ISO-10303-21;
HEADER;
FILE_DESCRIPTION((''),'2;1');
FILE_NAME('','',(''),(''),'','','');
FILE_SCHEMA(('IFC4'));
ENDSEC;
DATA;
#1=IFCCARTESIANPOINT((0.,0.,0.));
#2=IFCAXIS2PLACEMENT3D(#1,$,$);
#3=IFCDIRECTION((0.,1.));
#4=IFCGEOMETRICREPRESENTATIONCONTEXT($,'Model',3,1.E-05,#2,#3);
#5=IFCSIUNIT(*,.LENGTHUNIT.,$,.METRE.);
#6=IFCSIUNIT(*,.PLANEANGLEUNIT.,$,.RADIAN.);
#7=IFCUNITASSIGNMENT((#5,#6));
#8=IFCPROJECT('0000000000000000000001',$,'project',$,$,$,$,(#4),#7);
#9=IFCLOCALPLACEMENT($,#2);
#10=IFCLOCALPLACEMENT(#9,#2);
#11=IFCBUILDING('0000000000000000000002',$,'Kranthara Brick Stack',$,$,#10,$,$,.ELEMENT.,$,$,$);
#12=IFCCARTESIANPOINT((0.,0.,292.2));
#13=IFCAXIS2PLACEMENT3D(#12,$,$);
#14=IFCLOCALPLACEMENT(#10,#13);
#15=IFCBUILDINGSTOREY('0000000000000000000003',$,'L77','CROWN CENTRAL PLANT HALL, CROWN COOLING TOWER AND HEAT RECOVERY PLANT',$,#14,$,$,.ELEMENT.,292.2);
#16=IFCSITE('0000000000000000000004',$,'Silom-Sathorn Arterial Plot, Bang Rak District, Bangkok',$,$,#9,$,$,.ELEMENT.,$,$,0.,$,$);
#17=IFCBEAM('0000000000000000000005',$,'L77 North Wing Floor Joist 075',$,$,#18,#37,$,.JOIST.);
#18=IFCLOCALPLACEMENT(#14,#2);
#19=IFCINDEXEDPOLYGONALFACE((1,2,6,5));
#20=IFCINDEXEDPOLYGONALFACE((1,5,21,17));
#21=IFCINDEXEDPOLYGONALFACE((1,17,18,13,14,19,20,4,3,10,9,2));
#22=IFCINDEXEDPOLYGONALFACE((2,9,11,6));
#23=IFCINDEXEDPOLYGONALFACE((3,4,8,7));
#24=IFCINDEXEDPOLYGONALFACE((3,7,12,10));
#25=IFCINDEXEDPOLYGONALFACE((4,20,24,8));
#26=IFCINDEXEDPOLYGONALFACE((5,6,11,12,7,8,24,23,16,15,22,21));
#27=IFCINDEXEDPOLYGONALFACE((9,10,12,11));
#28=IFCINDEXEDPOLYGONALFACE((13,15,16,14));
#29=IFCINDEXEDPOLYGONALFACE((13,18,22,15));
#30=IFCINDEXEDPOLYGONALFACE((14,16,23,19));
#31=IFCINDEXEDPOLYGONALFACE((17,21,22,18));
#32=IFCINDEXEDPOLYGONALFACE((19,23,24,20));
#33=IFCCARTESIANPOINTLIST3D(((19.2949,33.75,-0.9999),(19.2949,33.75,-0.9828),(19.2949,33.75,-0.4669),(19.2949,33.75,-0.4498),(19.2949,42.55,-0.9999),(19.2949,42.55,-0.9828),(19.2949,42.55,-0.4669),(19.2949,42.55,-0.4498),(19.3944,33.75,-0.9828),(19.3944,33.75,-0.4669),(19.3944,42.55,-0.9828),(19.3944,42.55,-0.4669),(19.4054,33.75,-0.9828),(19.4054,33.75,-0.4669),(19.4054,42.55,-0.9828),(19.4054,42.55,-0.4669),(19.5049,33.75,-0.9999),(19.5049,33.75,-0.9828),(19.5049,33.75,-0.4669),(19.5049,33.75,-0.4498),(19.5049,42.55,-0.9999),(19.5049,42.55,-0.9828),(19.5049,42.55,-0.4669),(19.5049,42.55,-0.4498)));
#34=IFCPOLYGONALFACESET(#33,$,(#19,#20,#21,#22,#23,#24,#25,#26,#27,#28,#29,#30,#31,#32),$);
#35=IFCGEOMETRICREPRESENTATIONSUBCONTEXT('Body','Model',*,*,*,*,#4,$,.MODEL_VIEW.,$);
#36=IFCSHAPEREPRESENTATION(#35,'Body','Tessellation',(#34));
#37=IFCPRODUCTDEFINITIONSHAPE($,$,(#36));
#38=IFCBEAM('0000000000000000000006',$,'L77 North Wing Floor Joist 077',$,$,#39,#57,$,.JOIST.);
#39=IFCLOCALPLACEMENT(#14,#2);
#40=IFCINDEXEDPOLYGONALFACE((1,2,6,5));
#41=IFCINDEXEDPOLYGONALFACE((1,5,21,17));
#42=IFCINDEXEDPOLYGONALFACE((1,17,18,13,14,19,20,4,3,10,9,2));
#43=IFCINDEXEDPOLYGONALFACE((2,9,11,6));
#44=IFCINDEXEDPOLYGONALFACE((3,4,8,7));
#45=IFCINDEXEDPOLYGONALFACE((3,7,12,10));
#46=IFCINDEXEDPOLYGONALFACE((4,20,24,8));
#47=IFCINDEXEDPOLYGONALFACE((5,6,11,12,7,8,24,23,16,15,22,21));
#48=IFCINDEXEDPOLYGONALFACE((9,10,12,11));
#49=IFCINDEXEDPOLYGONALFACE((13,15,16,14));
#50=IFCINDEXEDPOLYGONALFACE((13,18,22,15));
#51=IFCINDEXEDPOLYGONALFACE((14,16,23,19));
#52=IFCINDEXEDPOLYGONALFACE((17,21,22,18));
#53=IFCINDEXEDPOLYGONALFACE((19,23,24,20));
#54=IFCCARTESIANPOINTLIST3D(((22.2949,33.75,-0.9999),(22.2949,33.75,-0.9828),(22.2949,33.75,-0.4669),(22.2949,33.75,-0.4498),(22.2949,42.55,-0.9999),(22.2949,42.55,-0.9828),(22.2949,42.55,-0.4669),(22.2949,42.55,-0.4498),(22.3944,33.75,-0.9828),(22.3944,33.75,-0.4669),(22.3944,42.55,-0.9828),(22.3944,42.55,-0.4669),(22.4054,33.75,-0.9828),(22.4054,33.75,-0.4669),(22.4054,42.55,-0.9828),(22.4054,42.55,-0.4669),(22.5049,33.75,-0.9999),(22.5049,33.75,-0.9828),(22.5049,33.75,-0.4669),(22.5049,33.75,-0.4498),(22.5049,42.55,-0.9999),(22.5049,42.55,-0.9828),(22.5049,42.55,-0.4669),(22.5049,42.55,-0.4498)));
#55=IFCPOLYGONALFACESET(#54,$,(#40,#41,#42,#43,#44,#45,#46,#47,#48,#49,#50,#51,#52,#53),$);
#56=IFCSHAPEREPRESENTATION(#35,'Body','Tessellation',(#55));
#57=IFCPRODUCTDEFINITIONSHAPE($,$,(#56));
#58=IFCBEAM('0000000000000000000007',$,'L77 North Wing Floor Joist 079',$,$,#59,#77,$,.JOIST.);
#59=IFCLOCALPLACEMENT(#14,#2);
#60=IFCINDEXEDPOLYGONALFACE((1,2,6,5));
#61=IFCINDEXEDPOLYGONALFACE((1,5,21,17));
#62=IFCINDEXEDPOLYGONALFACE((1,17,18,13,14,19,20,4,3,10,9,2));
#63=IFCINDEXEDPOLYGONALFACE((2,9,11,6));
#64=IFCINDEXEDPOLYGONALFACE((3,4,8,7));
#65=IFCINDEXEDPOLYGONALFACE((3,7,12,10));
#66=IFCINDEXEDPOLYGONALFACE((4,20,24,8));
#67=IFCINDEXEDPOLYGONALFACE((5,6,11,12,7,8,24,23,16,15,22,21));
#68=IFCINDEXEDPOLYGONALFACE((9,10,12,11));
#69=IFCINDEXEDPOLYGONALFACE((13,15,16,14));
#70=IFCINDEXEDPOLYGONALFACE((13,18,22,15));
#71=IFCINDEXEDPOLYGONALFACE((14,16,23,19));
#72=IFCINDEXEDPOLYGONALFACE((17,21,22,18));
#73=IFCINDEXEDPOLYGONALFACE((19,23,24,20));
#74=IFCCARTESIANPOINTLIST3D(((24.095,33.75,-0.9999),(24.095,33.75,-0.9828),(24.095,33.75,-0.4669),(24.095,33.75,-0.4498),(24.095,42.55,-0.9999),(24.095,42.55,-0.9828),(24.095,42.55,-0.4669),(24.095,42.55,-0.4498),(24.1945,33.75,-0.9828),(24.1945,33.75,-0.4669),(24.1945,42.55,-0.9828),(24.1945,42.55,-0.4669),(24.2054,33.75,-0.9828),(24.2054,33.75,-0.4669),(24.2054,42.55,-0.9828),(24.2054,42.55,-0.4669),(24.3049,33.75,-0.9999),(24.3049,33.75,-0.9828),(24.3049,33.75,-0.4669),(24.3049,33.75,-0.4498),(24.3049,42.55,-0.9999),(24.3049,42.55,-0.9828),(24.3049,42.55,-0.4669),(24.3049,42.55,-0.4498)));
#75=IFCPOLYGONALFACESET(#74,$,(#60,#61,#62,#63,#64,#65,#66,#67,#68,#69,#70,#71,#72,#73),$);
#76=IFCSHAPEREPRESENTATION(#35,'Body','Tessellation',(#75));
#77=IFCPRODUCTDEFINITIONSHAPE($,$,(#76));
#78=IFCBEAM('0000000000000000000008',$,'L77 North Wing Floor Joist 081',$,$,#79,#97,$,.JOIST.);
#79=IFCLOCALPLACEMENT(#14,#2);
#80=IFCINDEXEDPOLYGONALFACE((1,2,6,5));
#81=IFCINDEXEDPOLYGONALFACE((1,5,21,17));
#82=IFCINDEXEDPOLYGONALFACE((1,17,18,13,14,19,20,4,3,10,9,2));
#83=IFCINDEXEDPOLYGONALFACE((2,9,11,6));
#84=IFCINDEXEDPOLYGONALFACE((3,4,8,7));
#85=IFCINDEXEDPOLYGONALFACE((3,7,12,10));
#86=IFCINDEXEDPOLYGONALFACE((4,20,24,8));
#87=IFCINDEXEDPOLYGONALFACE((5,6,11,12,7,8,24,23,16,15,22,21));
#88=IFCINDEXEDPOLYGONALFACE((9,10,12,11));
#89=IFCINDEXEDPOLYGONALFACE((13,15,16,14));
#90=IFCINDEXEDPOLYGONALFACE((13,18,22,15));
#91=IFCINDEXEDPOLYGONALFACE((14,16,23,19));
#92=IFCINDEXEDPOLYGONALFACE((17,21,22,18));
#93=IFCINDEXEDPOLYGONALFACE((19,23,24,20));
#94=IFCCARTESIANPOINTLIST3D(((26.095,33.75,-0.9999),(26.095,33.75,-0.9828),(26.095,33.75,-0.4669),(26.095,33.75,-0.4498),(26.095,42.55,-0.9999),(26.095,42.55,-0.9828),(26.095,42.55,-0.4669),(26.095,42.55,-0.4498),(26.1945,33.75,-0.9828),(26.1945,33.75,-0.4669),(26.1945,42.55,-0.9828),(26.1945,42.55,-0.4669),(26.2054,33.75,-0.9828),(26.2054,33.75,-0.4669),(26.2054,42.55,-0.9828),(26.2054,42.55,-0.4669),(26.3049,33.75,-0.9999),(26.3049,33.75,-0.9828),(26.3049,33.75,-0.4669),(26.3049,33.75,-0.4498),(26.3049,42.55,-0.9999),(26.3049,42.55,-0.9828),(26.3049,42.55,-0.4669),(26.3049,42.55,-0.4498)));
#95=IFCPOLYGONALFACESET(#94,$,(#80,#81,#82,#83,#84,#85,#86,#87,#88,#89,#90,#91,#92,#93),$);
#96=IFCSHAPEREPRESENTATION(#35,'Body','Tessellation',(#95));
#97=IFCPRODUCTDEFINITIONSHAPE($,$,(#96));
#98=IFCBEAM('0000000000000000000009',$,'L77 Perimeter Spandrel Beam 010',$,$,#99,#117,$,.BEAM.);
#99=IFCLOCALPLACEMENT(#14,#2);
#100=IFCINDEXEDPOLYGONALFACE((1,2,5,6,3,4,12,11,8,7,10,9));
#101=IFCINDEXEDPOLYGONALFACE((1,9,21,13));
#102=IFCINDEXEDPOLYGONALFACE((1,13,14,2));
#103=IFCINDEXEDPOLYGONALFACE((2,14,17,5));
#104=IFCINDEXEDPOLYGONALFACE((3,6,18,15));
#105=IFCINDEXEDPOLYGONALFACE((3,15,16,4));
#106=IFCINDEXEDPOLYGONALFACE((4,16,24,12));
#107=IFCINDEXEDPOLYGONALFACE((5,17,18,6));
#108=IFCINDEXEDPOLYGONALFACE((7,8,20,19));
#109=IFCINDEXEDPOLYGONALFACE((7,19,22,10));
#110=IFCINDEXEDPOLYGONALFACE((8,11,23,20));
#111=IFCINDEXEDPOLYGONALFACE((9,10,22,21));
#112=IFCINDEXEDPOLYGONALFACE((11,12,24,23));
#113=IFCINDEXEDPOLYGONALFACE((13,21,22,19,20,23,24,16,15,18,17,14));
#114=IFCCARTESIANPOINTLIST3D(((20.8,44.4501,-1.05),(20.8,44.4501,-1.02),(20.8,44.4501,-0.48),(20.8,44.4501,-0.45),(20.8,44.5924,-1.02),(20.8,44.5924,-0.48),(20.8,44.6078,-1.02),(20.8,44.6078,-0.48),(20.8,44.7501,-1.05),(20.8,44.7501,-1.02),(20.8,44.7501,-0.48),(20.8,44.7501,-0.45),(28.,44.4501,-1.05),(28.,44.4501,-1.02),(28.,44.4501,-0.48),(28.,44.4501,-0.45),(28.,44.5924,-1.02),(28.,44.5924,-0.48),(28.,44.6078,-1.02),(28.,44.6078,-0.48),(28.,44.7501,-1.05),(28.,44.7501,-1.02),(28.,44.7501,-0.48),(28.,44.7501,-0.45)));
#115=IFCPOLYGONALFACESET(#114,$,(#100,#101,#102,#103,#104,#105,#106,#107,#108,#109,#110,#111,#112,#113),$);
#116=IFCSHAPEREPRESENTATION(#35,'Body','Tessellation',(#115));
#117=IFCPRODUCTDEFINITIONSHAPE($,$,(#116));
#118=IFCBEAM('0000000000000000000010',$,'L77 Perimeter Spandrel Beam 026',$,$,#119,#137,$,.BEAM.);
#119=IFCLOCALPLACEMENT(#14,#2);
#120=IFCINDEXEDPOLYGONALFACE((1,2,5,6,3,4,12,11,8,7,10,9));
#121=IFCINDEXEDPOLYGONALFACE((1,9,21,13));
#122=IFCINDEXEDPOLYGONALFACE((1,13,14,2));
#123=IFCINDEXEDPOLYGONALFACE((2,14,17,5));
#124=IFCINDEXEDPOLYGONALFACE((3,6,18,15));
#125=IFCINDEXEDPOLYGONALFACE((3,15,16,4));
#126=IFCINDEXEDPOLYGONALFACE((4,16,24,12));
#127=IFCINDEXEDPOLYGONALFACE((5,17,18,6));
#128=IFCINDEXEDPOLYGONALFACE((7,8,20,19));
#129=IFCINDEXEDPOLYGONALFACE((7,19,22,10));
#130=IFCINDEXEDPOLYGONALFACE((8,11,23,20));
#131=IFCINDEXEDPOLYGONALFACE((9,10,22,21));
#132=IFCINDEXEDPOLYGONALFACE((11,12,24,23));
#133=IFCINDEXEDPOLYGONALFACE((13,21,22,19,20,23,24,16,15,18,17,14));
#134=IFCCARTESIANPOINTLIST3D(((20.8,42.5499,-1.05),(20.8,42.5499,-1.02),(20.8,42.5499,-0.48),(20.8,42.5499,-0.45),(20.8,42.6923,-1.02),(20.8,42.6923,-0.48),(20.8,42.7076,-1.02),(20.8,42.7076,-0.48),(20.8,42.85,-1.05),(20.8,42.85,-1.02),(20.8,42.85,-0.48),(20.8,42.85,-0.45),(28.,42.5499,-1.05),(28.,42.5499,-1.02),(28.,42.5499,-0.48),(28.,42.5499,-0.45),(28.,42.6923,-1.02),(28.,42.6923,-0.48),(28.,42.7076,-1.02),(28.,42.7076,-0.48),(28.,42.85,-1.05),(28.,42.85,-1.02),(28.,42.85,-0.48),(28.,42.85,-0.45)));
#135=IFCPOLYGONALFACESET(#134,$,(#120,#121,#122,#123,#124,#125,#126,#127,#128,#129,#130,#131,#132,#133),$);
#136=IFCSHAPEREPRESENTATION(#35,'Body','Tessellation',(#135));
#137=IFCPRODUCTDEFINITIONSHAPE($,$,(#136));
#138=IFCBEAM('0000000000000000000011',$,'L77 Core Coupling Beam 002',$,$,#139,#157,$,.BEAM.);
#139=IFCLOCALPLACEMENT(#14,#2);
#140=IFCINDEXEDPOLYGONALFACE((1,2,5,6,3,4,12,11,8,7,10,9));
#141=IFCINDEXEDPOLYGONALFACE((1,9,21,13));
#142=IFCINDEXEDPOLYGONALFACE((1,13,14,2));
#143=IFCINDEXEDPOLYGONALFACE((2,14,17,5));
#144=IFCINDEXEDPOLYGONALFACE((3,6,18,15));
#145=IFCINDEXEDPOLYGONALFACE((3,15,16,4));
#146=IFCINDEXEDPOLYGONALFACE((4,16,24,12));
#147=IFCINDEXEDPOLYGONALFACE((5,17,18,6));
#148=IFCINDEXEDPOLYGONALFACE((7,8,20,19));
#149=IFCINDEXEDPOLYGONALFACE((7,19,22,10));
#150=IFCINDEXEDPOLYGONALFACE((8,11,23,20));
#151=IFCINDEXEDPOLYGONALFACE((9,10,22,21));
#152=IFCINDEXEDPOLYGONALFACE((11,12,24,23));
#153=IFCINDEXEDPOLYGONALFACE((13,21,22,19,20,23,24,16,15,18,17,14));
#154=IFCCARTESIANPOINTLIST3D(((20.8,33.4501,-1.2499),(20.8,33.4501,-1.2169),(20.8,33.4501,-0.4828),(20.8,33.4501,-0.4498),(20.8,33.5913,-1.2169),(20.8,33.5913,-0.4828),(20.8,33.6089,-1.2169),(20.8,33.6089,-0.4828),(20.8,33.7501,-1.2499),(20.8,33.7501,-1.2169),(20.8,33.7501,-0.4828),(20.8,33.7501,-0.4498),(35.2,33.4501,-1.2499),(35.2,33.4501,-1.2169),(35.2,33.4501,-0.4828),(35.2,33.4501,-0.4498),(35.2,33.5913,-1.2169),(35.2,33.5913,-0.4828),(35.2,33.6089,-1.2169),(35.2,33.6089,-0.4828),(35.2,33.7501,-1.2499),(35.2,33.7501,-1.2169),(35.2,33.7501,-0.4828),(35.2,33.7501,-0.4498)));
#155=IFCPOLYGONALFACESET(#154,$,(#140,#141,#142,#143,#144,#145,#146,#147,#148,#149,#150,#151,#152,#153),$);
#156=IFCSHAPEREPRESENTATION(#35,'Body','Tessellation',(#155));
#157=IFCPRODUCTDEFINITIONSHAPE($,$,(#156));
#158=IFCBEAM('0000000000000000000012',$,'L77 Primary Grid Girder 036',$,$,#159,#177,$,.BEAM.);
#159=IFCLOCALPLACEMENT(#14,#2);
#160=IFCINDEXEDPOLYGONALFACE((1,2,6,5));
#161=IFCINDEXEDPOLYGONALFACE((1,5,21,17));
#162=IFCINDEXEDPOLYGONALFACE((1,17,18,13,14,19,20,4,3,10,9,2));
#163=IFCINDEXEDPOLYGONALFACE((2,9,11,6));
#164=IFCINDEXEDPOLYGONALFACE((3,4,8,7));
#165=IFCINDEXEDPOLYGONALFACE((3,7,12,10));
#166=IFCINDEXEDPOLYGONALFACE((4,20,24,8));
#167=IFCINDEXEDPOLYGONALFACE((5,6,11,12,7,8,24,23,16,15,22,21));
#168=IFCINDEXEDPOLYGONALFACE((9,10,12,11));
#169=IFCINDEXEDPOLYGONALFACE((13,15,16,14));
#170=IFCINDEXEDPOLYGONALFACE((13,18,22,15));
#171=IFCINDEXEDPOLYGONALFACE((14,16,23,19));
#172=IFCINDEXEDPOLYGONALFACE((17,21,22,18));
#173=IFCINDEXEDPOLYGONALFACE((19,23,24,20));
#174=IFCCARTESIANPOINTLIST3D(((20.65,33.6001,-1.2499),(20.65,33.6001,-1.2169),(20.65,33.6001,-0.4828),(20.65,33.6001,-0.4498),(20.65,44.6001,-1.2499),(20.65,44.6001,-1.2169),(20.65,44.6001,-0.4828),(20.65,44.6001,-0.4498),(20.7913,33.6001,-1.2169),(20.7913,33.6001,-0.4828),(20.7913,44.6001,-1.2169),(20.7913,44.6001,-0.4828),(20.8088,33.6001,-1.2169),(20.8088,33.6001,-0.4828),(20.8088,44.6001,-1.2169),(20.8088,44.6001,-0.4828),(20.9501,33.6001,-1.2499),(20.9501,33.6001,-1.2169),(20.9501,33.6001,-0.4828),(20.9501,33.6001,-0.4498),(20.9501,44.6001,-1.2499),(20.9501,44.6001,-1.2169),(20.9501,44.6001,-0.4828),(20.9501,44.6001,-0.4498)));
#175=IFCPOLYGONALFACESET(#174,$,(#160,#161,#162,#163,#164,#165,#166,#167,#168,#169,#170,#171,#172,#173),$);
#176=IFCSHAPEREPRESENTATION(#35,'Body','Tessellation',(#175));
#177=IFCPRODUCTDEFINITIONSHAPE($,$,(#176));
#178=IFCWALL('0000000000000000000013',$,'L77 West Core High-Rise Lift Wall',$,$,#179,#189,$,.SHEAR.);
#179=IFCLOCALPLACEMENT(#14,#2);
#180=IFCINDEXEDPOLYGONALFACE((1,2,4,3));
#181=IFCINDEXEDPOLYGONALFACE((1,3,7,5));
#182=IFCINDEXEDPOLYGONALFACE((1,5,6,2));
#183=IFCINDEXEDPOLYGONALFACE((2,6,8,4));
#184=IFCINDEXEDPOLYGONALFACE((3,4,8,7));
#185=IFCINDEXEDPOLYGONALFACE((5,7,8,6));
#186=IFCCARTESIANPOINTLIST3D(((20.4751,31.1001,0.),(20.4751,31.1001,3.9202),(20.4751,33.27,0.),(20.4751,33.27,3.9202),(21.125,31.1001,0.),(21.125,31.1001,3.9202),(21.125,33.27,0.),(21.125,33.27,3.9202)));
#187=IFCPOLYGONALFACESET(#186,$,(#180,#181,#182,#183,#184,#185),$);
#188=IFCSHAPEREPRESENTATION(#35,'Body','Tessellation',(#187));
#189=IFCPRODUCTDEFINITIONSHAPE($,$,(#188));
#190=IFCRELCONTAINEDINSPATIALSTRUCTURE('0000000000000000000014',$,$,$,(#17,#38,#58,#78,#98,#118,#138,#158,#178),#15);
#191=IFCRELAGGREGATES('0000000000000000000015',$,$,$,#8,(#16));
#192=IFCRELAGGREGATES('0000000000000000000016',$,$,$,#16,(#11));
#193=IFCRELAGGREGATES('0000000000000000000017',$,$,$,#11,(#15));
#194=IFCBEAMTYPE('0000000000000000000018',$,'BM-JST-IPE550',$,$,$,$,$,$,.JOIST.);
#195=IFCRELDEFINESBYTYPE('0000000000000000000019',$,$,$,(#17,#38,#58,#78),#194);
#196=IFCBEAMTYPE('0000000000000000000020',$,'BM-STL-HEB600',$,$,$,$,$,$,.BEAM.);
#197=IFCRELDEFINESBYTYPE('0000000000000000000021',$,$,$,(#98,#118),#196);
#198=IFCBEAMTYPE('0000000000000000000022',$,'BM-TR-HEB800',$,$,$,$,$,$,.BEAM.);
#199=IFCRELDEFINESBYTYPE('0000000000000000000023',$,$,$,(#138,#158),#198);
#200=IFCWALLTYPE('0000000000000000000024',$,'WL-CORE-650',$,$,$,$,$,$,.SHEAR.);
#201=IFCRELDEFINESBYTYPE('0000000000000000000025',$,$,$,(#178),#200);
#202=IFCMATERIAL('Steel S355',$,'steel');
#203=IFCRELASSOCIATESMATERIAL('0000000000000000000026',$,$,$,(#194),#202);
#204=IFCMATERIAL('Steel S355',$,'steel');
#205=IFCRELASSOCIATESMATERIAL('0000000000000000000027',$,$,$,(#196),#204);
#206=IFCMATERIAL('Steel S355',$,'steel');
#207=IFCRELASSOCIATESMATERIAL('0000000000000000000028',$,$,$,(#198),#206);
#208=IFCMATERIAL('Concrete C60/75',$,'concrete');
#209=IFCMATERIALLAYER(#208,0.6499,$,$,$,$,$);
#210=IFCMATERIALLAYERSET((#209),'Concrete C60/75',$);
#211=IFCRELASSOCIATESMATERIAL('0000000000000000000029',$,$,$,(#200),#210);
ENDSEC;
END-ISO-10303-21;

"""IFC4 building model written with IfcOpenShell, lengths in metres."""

from ifc_helpers import new_model, si_unit, direction, frame, frame_2d, origin, origin_2d, place, context, subcontext, project, spatial, rectangle, i_section, extrude, material, layer, layer_set, material_profile, profile_set, type_object, element, save


model = new_model("IFC4")

# Units and contexts
model_context = context("Model", 3, precision=1e-05, world=origin(), true_north=direction((0.0, 1.0)))
body_context = subcontext(model_context, "Body", "Model", "MODEL_VIEW")
ifc_project = project(units=[si_unit("LENGTHUNIT", "METRE"), si_unit("PLANEANGLEUNIT", "RADIAN")], contexts=[model_context])

# Site, building, storey
site_placement = place(None, origin())
site = spatial("IfcSite", under=ifc_project, at=site_placement, Name="Silom-Sathorn Arterial Plot, Bang Rak District, Bangkok", CompositionType="ELEMENT", RefElevation=0.0)
building_placement = place(site_placement, origin())
building = spatial("IfcBuilding", under=site, at=building_placement, Name="Kranthara Brick Stack", CompositionType="ELEMENT")
storey_placement = place(building_placement, frame((0.0, 0.0, 292.2)))
storey = spatial("IfcBuildingStorey", under=building, at=storey_placement, Name="L77", Description="CROWN CENTRAL PLANT HALL, CROWN COOLING TOWER AND HEAT RECOVERY PLANT", CompositionType="ELEMENT", Elevation=292.2)

# Beams
ifc_material_1 = material(Name="Steel S355", Category="steel")
ifc_material_profile_1 = material_profile(ifc_material_1, i_section(OverallWidth=0.21, OverallDepth=0.55, WebThickness=0.011, FlangeThickness=0.0171, at=origin_2d()), Name="IPE 550")
ifc_profile_set_1 = profile_set([ifc_material_profile_1], Name="Steel S355")
beam_type_1 = type_object("IfcBeamType", Name="BM-JST-IPE550", PredefinedType="JOIST", material=ifc_profile_set_1)
for number, where, z_axis, x_axis, name in (
    (1, (19.3999, 33.75, -0.7249), (0.0, 1.0, 0.0), (-1.0, 0.0, 0.0), "L77 North Wing Floor Joist 075"),
    (2, (22.3999, 33.75, -0.7249), (0.0, 1.0, 0.0), (-1.0, 0.0, 0.0), "L77 North Wing Floor Joist 077"),
    (3, (24.2, 33.75, -0.7249), (0.0, 1.0, 0.0), (-1.0, 0.0, 0.0), "L77 North Wing Floor Joist 079"),
    (4, (26.2, 33.75, -0.7249), (0.0, 1.0, 0.0), (-1.0, 0.0, 0.0), "L77 North Wing Floor Joist 081"),
):
    element("IfcBeam", number, at=place(storey_placement, frame(where, z_axis=z_axis, x_axis=x_axis)), inside=storey, type_object=beam_type_1, Name=name, PredefinedType="JOIST", context=body_context, shape_type="SweptSolid", body=[
        extrude(i_section(OverallWidth=0.21, OverallDepth=0.55, WebThickness=0.011, FlangeThickness=0.0171, at=origin_2d()), origin(), (0.0, 0.0, 1.0), 8.8),
    ])
ifc_material_2 = material(Name="Steel S355", Category="steel")
ifc_material_profile_2 = material_profile(ifc_material_2, i_section(OverallWidth=0.3, OverallDepth=0.6001, WebThickness=0.0154, FlangeThickness=0.03, at=origin_2d()), Name="HEB 600")
ifc_profile_set_2 = profile_set([ifc_material_profile_2], Name="Steel S355")
beam_type_2 = type_object("IfcBeamType", Name="BM-STL-HEB600", PredefinedType="BEAM", material=ifc_profile_set_2)
for number, where, z_axis, x_axis, name in (
    (5, (20.8, 44.6001, -0.75), (1.0, 0.0, 0.0), (0.0, 1.0, 0.0), "L77 Perimeter Spandrel Beam 010"),
    (6, (20.8, 42.7, -0.75), (1.0, 0.0, 0.0), (0.0, 1.0, 0.0), "L77 Perimeter Spandrel Beam 026"),
):
    element("IfcBeam", number, at=place(storey_placement, frame(where, z_axis=z_axis, x_axis=x_axis)), inside=storey, type_object=beam_type_2, Name=name, PredefinedType="BEAM", context=body_context, shape_type="SweptSolid", body=[
        extrude(i_section(OverallWidth=0.3, OverallDepth=0.6001, WebThickness=0.0154, FlangeThickness=0.03, at=origin_2d()), origin(), (0.0, 0.0, 1.0), 7.2),
    ])
ifc_material_3 = material(Name="Steel S355", Category="steel")
ifc_material_profile_3 = material_profile(ifc_material_3, i_section(OverallWidth=0.3, OverallDepth=0.8, WebThickness=0.0176, FlangeThickness=0.033, at=origin_2d()), Name="HEB 800")
ifc_profile_set_3 = profile_set([ifc_material_profile_3], Name="Steel S355")
beam_type_3 = type_object("IfcBeamType", Name="BM-TR-HEB800", PredefinedType="BEAM", material=ifc_profile_set_3)
beam_1_placement = place(storey_placement, frame((20.8, 33.6001, -0.8499), z_axis=(1.0, 0.0, 0.0), x_axis=(0.0, 1.0, 0.0)))
element("IfcBeam", 7, at=beam_1_placement, inside=storey, type_object=beam_type_3, Name="L77 Core Coupling Beam 002", PredefinedType="BEAM", context=body_context, shape_type="SweptSolid", body=[
    extrude(i_section(OverallWidth=0.3, OverallDepth=0.8, WebThickness=0.0176, FlangeThickness=0.033, at=origin_2d()), origin(), (0.0, 0.0, 1.0), 14.3999),
])
beam_2_placement = place(storey_placement, frame((20.8, 33.6001, -0.8499), z_axis=(0.0, 1.0, 0.0), x_axis=(-1.0, 0.0, 0.0)))
element("IfcBeam", 8, at=beam_2_placement, inside=storey, type_object=beam_type_3, Name="L77 Primary Grid Girder 036", PredefinedType="BEAM", context=body_context, shape_type="SweptSolid", body=[
    extrude(i_section(OverallWidth=0.3, OverallDepth=0.8, WebThickness=0.0176, FlangeThickness=0.033, at=origin_2d()), origin(), (0.0, 0.0, 1.0), 11.0),
])

# Wall
ifc_material_4 = material(Name="Concrete C60/75", Category="concrete")
ifc_layer_1 = layer(ifc_material_4, 0.6499)
ifc_layer_set_1 = layer_set([ifc_layer_1], Name="Concrete C60/75")
wall_type_1 = type_object("IfcWallType", Name="WL-CORE-650", PredefinedType="SHEAR", material=ifc_layer_set_1)
wall_1_placement = place(storey_placement, frame((20.8, 31.1001, 0.0), z_axis=(0.0, 0.0, 1.0), x_axis=(0.0, 1.0, 0.0)))
element("IfcWall", 9, at=wall_1_placement, inside=storey, type_object=wall_type_1, Name="L77 West Core High-Rise Lift Wall", PredefinedType="SHEAR", context=body_context, shape_type="SweptSolid", body=[
    extrude(rectangle(XDim=2.1699, YDim=0.6499, at=frame_2d((1.085, 0.0))), origin(), (0.0, 0.0, 1.0), 3.9202),
])

save(model, "model.ifc")
